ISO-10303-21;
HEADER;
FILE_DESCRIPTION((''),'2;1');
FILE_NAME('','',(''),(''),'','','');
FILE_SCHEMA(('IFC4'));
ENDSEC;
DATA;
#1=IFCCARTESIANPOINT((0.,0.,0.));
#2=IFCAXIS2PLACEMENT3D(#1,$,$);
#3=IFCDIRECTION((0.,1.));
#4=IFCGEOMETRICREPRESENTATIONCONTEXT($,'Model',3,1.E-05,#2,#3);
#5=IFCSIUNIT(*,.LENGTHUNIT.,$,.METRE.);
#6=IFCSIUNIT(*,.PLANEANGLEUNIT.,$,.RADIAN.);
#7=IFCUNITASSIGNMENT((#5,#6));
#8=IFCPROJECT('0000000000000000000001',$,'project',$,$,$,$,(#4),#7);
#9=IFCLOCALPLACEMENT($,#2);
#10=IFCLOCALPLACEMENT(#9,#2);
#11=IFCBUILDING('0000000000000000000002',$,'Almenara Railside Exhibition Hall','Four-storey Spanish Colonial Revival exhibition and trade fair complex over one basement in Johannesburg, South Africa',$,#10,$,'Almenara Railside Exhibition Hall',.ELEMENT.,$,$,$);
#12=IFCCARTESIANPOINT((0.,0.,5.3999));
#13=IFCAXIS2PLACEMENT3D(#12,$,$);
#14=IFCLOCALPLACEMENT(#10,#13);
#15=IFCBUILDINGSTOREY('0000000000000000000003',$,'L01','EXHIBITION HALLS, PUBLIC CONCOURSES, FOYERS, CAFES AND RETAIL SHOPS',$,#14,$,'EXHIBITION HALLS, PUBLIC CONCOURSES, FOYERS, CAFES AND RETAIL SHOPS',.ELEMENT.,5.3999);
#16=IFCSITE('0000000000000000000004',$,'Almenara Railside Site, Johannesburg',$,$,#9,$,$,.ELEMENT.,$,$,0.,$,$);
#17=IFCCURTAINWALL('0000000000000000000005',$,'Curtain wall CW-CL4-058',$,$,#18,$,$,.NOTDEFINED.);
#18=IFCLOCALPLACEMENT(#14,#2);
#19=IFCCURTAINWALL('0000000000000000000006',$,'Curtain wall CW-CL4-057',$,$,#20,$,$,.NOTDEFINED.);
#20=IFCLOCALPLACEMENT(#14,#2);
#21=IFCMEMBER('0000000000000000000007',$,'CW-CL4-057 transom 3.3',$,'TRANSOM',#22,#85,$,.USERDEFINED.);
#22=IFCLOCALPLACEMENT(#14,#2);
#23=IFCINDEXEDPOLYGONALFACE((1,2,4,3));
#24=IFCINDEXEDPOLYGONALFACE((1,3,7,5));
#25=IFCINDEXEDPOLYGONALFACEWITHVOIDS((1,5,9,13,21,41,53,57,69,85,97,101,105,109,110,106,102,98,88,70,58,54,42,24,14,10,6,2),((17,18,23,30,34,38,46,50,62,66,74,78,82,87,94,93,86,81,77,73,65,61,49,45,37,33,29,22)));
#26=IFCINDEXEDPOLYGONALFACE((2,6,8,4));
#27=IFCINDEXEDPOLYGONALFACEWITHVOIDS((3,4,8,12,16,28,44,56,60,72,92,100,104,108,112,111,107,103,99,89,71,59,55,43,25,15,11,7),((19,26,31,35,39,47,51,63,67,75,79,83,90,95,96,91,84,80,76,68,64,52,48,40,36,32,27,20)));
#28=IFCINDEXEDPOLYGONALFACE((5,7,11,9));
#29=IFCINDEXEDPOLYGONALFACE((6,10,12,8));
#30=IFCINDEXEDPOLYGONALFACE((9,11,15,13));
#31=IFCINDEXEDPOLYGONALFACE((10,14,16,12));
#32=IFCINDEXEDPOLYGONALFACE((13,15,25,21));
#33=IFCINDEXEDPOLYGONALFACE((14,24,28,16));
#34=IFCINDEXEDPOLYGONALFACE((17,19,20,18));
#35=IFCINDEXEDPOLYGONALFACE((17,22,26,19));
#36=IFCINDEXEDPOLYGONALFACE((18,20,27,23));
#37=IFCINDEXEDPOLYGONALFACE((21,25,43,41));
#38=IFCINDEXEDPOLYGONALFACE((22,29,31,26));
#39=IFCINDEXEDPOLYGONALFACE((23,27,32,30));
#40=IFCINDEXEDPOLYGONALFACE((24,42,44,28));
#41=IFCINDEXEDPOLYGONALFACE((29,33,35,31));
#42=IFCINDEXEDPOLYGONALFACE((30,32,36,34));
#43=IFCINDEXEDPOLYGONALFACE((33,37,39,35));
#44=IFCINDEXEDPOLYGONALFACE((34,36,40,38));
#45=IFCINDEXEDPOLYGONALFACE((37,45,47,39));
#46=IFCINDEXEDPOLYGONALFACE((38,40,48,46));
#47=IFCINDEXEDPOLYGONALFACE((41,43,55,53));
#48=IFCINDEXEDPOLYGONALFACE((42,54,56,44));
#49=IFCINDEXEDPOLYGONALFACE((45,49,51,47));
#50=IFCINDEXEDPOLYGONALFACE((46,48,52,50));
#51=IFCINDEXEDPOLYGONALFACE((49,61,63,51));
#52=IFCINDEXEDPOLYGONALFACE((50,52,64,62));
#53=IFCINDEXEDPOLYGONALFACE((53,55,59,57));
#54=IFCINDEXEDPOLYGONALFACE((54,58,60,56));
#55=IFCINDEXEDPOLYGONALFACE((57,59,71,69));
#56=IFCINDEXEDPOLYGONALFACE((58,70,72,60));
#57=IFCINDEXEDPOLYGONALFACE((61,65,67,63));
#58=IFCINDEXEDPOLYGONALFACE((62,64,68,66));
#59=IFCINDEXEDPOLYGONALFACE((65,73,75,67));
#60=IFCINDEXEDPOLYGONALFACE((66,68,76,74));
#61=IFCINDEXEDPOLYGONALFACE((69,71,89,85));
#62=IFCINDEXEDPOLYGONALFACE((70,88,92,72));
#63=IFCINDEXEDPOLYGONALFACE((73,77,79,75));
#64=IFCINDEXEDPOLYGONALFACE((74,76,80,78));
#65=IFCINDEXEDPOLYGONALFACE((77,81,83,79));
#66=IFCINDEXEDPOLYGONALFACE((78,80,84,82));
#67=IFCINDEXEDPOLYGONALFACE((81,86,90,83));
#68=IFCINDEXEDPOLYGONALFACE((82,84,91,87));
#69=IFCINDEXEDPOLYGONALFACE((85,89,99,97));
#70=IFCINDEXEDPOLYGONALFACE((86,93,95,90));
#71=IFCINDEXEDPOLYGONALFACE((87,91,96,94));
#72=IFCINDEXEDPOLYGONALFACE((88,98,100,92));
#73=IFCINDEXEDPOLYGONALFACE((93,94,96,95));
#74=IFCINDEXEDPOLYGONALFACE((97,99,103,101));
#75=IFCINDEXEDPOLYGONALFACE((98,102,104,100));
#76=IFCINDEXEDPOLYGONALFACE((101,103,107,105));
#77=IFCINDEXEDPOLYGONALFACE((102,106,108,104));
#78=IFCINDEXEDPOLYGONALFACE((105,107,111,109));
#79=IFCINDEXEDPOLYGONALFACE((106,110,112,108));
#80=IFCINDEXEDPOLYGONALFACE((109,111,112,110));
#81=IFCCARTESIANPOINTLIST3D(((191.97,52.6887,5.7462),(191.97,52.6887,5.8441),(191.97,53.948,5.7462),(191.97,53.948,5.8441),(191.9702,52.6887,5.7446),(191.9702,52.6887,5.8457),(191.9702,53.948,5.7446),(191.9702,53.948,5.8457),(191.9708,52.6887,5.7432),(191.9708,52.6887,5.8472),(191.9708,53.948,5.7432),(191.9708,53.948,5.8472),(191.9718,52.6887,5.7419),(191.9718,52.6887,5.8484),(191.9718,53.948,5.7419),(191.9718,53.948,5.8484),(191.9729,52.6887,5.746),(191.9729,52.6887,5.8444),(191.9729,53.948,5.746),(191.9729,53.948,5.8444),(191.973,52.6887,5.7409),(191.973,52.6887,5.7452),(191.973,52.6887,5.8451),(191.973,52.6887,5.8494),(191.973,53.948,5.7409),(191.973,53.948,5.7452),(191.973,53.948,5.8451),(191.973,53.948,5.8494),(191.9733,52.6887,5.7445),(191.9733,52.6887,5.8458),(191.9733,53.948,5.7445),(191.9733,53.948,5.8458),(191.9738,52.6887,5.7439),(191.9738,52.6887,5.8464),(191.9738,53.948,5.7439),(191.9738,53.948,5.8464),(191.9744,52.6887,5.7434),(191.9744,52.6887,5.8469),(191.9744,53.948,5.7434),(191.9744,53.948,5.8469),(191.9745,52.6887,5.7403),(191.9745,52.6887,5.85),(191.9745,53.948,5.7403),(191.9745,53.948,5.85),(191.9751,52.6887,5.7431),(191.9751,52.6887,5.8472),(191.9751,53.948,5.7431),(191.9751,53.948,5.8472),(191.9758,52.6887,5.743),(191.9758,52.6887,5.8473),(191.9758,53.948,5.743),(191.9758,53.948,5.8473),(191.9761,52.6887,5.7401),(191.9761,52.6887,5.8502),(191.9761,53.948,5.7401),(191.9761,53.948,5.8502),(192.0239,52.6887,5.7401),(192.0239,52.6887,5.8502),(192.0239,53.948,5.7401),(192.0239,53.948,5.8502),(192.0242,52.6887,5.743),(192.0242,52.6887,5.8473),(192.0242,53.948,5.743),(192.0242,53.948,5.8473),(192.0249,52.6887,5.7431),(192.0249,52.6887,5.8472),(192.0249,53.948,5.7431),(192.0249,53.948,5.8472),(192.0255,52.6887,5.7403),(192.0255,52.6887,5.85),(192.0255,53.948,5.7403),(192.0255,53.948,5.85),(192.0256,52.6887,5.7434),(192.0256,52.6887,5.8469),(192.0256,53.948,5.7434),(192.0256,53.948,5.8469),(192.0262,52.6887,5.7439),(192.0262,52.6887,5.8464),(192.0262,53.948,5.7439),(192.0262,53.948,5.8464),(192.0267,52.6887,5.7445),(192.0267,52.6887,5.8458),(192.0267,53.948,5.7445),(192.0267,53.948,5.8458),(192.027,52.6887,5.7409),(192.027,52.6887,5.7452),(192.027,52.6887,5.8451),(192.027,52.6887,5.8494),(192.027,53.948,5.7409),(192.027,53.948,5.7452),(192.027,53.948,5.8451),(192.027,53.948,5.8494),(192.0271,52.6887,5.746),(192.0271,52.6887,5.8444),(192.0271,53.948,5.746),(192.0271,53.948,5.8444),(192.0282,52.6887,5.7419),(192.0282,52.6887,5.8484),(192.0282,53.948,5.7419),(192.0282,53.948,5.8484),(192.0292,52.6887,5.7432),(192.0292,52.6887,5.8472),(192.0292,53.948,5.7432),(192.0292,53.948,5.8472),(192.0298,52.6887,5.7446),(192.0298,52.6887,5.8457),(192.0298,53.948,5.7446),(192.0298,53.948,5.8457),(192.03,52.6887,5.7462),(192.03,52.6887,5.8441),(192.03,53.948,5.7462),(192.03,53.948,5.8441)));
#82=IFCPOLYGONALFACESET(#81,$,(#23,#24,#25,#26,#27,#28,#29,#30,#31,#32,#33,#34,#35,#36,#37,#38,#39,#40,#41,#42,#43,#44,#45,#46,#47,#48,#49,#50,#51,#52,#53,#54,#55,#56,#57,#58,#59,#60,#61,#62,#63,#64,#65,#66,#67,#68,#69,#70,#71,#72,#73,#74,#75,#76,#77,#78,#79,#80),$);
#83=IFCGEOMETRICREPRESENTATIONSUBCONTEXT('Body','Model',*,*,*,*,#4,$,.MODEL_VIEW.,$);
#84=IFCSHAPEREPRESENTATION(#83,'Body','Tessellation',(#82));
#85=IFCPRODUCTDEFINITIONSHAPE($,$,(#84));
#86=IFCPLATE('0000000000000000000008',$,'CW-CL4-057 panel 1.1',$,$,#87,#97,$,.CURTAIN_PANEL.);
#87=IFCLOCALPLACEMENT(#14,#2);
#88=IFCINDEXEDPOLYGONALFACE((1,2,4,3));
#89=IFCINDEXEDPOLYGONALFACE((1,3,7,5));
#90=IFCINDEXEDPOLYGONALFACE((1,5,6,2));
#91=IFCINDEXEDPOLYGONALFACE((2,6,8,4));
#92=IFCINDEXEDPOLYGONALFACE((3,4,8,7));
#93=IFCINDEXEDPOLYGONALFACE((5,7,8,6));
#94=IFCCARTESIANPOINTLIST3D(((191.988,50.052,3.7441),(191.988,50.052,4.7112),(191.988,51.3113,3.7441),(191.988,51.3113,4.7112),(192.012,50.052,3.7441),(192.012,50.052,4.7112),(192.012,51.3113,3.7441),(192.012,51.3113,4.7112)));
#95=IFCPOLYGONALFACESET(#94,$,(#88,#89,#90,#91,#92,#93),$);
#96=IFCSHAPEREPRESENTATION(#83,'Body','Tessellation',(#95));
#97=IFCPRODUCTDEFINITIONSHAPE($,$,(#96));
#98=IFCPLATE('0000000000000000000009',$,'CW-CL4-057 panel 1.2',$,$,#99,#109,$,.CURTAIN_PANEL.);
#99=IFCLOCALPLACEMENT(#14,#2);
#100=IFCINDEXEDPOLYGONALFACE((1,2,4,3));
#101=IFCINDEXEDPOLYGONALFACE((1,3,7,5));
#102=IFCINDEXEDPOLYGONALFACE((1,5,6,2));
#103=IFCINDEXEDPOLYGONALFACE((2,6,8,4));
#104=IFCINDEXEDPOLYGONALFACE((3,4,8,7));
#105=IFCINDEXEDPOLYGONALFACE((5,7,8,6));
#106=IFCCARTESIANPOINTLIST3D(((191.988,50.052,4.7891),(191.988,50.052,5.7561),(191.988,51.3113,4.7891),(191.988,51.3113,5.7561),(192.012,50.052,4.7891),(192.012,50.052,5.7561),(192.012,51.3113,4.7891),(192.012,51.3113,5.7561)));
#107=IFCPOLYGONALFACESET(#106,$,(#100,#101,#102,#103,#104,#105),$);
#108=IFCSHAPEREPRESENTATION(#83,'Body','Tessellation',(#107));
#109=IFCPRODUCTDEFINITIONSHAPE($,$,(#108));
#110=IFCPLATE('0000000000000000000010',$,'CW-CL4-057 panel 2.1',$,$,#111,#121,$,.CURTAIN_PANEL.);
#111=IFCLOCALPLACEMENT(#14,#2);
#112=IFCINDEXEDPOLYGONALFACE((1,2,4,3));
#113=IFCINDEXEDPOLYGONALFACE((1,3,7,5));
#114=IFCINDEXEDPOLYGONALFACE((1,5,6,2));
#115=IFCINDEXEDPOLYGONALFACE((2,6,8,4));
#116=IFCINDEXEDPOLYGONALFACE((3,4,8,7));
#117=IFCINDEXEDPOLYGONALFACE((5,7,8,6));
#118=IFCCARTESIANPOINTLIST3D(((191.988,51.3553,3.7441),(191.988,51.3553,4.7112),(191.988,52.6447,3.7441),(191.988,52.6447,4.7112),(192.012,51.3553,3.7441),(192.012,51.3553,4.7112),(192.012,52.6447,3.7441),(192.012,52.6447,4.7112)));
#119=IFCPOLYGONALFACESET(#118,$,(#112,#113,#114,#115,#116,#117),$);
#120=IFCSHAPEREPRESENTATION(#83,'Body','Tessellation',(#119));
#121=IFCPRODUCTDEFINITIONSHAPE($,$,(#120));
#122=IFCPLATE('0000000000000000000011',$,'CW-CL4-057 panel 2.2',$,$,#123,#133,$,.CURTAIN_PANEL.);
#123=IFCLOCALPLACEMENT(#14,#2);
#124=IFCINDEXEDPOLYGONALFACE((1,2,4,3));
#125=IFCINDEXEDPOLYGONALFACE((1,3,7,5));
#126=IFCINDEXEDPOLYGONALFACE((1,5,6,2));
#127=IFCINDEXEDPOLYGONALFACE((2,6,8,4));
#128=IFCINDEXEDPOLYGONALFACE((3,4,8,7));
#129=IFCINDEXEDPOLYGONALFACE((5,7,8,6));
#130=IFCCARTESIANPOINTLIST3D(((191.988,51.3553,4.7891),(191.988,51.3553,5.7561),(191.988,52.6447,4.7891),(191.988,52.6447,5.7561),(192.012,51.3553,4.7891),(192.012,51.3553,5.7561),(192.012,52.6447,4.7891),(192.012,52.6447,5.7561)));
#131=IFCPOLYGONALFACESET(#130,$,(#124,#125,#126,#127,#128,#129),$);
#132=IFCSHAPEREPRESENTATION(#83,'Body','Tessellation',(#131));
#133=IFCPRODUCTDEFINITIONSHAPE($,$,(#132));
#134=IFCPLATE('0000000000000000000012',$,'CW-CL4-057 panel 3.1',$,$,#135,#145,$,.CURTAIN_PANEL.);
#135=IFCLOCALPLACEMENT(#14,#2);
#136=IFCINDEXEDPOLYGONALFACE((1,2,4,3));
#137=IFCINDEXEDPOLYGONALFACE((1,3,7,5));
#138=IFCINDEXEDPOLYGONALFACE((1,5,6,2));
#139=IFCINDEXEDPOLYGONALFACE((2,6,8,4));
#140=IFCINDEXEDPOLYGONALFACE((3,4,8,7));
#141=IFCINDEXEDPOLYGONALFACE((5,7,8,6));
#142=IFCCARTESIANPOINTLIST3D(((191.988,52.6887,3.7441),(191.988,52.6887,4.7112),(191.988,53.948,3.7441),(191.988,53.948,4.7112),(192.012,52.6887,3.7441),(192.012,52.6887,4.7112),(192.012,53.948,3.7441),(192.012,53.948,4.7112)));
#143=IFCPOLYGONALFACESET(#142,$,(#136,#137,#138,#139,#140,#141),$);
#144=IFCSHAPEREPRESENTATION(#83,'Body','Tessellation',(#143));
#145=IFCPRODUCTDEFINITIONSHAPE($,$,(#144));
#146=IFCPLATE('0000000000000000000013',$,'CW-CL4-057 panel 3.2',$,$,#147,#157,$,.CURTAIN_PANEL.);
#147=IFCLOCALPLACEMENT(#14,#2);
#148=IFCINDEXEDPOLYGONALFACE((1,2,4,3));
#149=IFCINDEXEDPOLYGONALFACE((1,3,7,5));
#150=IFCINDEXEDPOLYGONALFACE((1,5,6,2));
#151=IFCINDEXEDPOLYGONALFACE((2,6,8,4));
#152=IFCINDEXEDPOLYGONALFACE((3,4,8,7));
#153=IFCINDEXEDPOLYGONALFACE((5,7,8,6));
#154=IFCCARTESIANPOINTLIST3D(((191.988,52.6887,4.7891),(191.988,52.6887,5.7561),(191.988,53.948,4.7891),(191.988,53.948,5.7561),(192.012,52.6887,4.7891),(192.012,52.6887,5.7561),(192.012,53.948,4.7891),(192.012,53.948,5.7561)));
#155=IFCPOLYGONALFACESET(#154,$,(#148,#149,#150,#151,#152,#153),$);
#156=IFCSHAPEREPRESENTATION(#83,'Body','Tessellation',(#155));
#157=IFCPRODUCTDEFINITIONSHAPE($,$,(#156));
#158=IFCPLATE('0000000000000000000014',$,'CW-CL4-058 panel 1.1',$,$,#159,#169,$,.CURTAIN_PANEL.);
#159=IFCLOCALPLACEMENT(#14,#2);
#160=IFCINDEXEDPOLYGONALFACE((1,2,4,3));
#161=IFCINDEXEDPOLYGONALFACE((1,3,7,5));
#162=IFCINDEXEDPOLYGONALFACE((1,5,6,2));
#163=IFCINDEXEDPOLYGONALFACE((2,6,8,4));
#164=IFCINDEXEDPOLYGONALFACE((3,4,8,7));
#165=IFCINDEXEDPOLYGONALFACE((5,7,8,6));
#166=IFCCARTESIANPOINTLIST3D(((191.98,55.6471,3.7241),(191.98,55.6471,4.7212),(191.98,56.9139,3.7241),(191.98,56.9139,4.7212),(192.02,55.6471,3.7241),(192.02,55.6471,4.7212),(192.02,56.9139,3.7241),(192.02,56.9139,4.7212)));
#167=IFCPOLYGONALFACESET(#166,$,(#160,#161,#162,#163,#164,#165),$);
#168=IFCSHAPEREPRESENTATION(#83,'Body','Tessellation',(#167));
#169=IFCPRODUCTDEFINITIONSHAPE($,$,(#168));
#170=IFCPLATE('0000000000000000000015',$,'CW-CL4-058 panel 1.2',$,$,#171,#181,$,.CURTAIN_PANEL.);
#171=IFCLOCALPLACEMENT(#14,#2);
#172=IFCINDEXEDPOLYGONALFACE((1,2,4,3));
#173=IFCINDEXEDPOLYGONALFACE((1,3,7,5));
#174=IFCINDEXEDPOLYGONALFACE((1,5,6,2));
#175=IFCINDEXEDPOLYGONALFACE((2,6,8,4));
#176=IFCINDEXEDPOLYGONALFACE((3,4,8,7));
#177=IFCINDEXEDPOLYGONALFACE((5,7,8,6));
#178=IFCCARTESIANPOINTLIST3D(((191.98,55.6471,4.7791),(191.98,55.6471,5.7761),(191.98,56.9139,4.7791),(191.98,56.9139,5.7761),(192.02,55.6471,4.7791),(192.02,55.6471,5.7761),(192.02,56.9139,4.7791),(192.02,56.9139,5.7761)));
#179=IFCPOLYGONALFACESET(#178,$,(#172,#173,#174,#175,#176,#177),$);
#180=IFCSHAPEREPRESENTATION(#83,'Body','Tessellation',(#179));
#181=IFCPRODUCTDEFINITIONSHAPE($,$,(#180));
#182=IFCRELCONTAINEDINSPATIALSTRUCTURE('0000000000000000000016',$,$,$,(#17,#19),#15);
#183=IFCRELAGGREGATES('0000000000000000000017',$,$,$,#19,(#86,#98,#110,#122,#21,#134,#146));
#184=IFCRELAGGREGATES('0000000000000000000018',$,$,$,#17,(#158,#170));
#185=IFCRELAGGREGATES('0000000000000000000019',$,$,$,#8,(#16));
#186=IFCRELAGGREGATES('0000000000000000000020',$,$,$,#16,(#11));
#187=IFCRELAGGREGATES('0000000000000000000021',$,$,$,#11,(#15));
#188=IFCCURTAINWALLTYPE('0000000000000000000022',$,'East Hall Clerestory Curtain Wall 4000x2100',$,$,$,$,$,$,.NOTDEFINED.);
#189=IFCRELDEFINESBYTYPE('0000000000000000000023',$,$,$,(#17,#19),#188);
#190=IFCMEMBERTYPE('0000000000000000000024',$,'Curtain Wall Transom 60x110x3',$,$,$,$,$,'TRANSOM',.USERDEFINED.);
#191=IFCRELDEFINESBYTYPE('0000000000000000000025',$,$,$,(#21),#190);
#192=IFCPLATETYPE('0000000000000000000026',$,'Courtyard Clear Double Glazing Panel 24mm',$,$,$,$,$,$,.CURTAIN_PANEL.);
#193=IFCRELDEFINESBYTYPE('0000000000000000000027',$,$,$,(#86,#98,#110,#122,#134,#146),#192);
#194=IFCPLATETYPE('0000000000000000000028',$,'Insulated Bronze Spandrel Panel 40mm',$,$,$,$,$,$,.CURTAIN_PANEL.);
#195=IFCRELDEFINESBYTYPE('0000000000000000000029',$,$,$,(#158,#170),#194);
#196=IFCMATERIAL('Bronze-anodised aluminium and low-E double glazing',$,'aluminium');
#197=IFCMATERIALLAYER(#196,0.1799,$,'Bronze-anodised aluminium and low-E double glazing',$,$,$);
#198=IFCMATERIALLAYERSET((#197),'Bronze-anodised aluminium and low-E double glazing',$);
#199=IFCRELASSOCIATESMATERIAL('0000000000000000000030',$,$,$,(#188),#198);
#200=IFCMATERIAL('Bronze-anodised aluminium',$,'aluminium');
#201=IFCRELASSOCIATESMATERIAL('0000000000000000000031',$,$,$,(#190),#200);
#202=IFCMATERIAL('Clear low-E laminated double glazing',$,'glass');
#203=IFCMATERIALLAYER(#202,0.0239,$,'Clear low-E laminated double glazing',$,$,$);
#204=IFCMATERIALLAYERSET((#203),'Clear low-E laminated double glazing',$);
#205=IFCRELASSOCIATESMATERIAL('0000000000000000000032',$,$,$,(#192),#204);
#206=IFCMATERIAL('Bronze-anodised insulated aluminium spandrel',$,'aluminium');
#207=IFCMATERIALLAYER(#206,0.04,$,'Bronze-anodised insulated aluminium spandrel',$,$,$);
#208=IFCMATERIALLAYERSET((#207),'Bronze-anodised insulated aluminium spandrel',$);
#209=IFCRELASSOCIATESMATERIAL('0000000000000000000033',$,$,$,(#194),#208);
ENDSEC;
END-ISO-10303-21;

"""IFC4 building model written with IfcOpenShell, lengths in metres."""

from ifc_helpers import new_model, si_unit, direction, frame, origin, origin_2d, place, context, subcontext, project, spatial, rectangle, hollow_rectangle, extrude, material, layer, layer_set, material_profile, profile_set, type_object, element, aggregate, save


model = new_model("IFC4")

# Units and contexts
model_context = context("Model", 3, precision=1e-05, world=origin(), true_north=direction((0.0, 1.0)))
body_context = subcontext(model_context, "Body", "Model", "MODEL_VIEW")
ifc_project = project(units=[si_unit("LENGTHUNIT", "METRE"), si_unit("PLANEANGLEUNIT", "RADIAN")], contexts=[model_context])

# Site, building, storey
site_placement = place(None, origin())
site = spatial("IfcSite", under=ifc_project, at=site_placement, Name="Almenara Railside Site, Johannesburg", CompositionType="ELEMENT", RefElevation=0.0)
building_placement = place(site_placement, origin())
building = spatial("IfcBuilding", under=site, at=building_placement, Name="Almenara Railside Exhibition Hall", Description="Four-storey Spanish Colonial Revival exhibition and trade fair complex over one basement in Johannesburg, South Africa", LongName="Almenara Railside Exhibition Hall", CompositionType="ELEMENT")
storey_placement = place(building_placement, frame((0.0, 0.0, 5.3999)))
storey = spatial("IfcBuildingStorey", under=building, at=storey_placement, Name="L01", Description="EXHIBITION HALLS, PUBLIC CONCOURSES, FOYERS, CAFES AND RETAIL SHOPS", LongName="EXHIBITION HALLS, PUBLIC CONCOURSES, FOYERS, CAFES AND RETAIL SHOPS", CompositionType="ELEMENT", Elevation=5.3999)

# Curtain walls
ifc_material_1 = material(Name="Bronze-anodised aluminium and low-E double glazing", Category="aluminium")
ifc_layer_1 = layer(ifc_material_1, 0.1799, Name="Bronze-anodised aluminium and low-E double glazing")
ifc_layer_set_1 = layer_set([ifc_layer_1], Name="Bronze-anodised aluminium and low-E double glazing")
curtain_wall_type = type_object("IfcCurtainWallType", Name="East Hall Clerestory Curtain Wall 4000x2100", PredefinedType="NOTDEFINED", material=ifc_layer_set_1)
curtain_wall_1_placement = place(storey_placement, origin())
curtain_wall_1 = element("IfcCurtainWall", 1, at=curtain_wall_1_placement, inside=storey, type_object=curtain_wall_type, Name="Curtain wall CW-CL4-058", PredefinedType="NOTDEFINED")
ifc_material_2 = material(Name="Bronze-anodised aluminium", Category="aluminium")
curtain_wall_2_placement = place(storey_placement, origin())
curtain_wall_2 = element("IfcCurtainWall", 2, at=curtain_wall_2_placement, inside=storey, type_object=curtain_wall_type, Name="Curtain wall CW-CL4-057", PredefinedType="NOTDEFINED")

# Member
ifc_material_profile_1 = material_profile(ifc_material_2, hollow_rectangle(XDim=0.0601, YDim=0.1101, WallThickness=0.0029, InnerFilletRadius=0.0029, OuterFilletRadius=0.0061, at=origin_2d()), Name="ALU-TRN 60x110x3")
ifc_profile_set_1 = profile_set([ifc_material_profile_1], Name="Bronze-anodised aluminium")
member_type_1 = type_object("IfcMemberType", Name="Curtain Wall Transom 60x110x3", ElementType="TRANSOM", PredefinedType="USERDEFINED", material=ifc_profile_set_1)
member_1_placement = place(storey_placement, frame((192.0, 52.6887, 5.7952), z_axis=(0.0, 1.0, 0.0), x_axis=(-1.0, 0.0, 0.0)))
member_1 = element("IfcMember", 3, at=member_1_placement, type_object=member_type_1, Name="CW-CL4-057 transom 3.3", ObjectType="TRANSOM", PredefinedType="USERDEFINED", context=body_context, shape_type="SweptSolid", body=[
    extrude(hollow_rectangle(XDim=0.0601, YDim=0.1101, WallThickness=0.0029, InnerFilletRadius=0.0029, OuterFilletRadius=0.0061, at=origin_2d()), origin(), (0.0, 0.0, 1.0), 1.2593),
])

# Plates
ifc_material_3 = material(Name="Clear low-E laminated double glazing", Category="glass")
ifc_layer_2 = layer(ifc_material_3, 0.0239, Name="Clear low-E laminated double glazing")
ifc_layer_set_2 = layer_set([ifc_layer_2], Name="Clear low-E laminated double glazing")
plate_type_1 = type_object("IfcPlateType", Name="Courtyard Clear Double Glazing Panel 24mm", PredefinedType="CURTAIN_PANEL", material=ifc_layer_set_2)
plate_1_placement = place(storey_placement, frame((192.0, 50.6816, 3.7441), z_axis=(0.0, 0.0, 1.0), x_axis=(0.0, 1.0, 0.0)))
plate_1 = element("IfcPlate", 4, at=plate_1_placement, type_object=plate_type_1, Name="CW-CL4-057 panel 1.1", PredefinedType="CURTAIN_PANEL", context=body_context, shape_type="SweptSolid", body=[
    extrude(rectangle(XDim=1.2593, YDim=0.0239, at=origin_2d()), origin(), (0.0, 0.0, 1.0), 0.967),
])
plate_2_placement = place(storey_placement, frame((192.0, 50.6816, 4.7891), z_axis=(0.0, 0.0, 1.0), x_axis=(0.0, 1.0, 0.0)))
plate_2 = element("IfcPlate", 5, at=plate_2_placement, type_object=plate_type_1, Name="CW-CL4-057 panel 1.2", PredefinedType="CURTAIN_PANEL", context=body_context, shape_type="SweptSolid", body=[
    extrude(rectangle(XDim=1.2593, YDim=0.0239, at=origin_2d()), origin(), (0.0, 0.0, 1.0), 0.967),
])
plate_3_placement = place(storey_placement, frame((192.0, 52.0, 3.7441), z_axis=(0.0, 0.0, 1.0), x_axis=(0.0, 1.0, 0.0)))
plate_3 = element("IfcPlate", 6, at=plate_3_placement, type_object=plate_type_1, Name="CW-CL4-057 panel 2.1", PredefinedType="CURTAIN_PANEL", context=body_context, shape_type="SweptSolid", body=[
    extrude(rectangle(XDim=1.2893, YDim=0.0239, at=origin_2d()), origin(), (0.0, 0.0, 1.0), 0.967),
])
plate_4_placement = place(storey_placement, frame((192.0, 52.0, 4.7891), z_axis=(0.0, 0.0, 1.0), x_axis=(0.0, 1.0, 0.0)))
plate_4 = element("IfcPlate", 7, at=plate_4_placement, type_object=plate_type_1, Name="CW-CL4-057 panel 2.2", PredefinedType="CURTAIN_PANEL", context=body_context, shape_type="SweptSolid", body=[
    extrude(rectangle(XDim=1.2893, YDim=0.0239, at=origin_2d()), origin(), (0.0, 0.0, 1.0), 0.967),
])
plate_5_placement = place(storey_placement, frame((192.0, 53.3184, 3.7441), z_axis=(0.0, 0.0, 1.0), x_axis=(0.0, 1.0, 0.0)))
plate_5 = element("IfcPlate", 8, at=plate_5_placement, type_object=plate_type_1, Name="CW-CL4-057 panel 3.1", PredefinedType="CURTAIN_PANEL", context=body_context, shape_type="SweptSolid", body=[
    extrude(rectangle(XDim=1.2593, YDim=0.0239, at=origin_2d()), origin(), (0.0, 0.0, 1.0), 0.967),
])
plate_6_placement = place(storey_placement, frame((192.0, 53.3184, 4.7891), z_axis=(0.0, 0.0, 1.0), x_axis=(0.0, 1.0, 0.0)))
plate_6 = element("IfcPlate", 9, at=plate_6_placement, type_object=plate_type_1, Name="CW-CL4-057 panel 3.2", PredefinedType="CURTAIN_PANEL", context=body_context, shape_type="SweptSolid", body=[
    extrude(rectangle(XDim=1.2593, YDim=0.0239, at=origin_2d()), origin(), (0.0, 0.0, 1.0), 0.967),
])
aggregate(curtain_wall_2, [plate_1, plate_2, plate_3, plate_4, member_1, plate_5, plate_6])
ifc_material_4 = material(Name="Bronze-anodised insulated aluminium spandrel", Category="aluminium")
ifc_layer_3 = layer(ifc_material_4, 0.04, Name="Bronze-anodised insulated aluminium spandrel")
ifc_layer_set_3 = layer_set([ifc_layer_3], Name="Bronze-anodised insulated aluminium spandrel")
plate_type_2 = type_object("IfcPlateType", Name="Insulated Bronze Spandrel Panel 40mm", PredefinedType="CURTAIN_PANEL", material=ifc_layer_set_3)
plate_7_placement = place(storey_placement, frame((192.0, 56.2805, 3.7241), z_axis=(0.0, 0.0, 1.0), x_axis=(0.0, 1.0, 0.0)))
plate_7 = element("IfcPlate", 10, at=plate_7_placement, type_object=plate_type_2, Name="CW-CL4-058 panel 1.1", PredefinedType="CURTAIN_PANEL", context=body_context, shape_type="SweptSolid", body=[
    extrude(rectangle(XDim=1.2668, YDim=0.04, at=origin_2d()), origin(), (0.0, 0.0, 1.0), 0.9971),
])
plate_8_placement = place(storey_placement, frame((192.0, 56.2805, 4.7791), z_axis=(0.0, 0.0, 1.0), x_axis=(0.0, 1.0, 0.0)))
plate_8 = element("IfcPlate", 11, at=plate_8_placement, type_object=plate_type_2, Name="CW-CL4-058 panel 1.2", PredefinedType="CURTAIN_PANEL", context=body_context, shape_type="SweptSolid", body=[
    extrude(rectangle(XDim=1.2668, YDim=0.04, at=origin_2d()), origin(), (0.0, 0.0, 1.0), 0.9971),
])
aggregate(curtain_wall_1, [plate_7, plate_8])

save(model, "model.ifc")
